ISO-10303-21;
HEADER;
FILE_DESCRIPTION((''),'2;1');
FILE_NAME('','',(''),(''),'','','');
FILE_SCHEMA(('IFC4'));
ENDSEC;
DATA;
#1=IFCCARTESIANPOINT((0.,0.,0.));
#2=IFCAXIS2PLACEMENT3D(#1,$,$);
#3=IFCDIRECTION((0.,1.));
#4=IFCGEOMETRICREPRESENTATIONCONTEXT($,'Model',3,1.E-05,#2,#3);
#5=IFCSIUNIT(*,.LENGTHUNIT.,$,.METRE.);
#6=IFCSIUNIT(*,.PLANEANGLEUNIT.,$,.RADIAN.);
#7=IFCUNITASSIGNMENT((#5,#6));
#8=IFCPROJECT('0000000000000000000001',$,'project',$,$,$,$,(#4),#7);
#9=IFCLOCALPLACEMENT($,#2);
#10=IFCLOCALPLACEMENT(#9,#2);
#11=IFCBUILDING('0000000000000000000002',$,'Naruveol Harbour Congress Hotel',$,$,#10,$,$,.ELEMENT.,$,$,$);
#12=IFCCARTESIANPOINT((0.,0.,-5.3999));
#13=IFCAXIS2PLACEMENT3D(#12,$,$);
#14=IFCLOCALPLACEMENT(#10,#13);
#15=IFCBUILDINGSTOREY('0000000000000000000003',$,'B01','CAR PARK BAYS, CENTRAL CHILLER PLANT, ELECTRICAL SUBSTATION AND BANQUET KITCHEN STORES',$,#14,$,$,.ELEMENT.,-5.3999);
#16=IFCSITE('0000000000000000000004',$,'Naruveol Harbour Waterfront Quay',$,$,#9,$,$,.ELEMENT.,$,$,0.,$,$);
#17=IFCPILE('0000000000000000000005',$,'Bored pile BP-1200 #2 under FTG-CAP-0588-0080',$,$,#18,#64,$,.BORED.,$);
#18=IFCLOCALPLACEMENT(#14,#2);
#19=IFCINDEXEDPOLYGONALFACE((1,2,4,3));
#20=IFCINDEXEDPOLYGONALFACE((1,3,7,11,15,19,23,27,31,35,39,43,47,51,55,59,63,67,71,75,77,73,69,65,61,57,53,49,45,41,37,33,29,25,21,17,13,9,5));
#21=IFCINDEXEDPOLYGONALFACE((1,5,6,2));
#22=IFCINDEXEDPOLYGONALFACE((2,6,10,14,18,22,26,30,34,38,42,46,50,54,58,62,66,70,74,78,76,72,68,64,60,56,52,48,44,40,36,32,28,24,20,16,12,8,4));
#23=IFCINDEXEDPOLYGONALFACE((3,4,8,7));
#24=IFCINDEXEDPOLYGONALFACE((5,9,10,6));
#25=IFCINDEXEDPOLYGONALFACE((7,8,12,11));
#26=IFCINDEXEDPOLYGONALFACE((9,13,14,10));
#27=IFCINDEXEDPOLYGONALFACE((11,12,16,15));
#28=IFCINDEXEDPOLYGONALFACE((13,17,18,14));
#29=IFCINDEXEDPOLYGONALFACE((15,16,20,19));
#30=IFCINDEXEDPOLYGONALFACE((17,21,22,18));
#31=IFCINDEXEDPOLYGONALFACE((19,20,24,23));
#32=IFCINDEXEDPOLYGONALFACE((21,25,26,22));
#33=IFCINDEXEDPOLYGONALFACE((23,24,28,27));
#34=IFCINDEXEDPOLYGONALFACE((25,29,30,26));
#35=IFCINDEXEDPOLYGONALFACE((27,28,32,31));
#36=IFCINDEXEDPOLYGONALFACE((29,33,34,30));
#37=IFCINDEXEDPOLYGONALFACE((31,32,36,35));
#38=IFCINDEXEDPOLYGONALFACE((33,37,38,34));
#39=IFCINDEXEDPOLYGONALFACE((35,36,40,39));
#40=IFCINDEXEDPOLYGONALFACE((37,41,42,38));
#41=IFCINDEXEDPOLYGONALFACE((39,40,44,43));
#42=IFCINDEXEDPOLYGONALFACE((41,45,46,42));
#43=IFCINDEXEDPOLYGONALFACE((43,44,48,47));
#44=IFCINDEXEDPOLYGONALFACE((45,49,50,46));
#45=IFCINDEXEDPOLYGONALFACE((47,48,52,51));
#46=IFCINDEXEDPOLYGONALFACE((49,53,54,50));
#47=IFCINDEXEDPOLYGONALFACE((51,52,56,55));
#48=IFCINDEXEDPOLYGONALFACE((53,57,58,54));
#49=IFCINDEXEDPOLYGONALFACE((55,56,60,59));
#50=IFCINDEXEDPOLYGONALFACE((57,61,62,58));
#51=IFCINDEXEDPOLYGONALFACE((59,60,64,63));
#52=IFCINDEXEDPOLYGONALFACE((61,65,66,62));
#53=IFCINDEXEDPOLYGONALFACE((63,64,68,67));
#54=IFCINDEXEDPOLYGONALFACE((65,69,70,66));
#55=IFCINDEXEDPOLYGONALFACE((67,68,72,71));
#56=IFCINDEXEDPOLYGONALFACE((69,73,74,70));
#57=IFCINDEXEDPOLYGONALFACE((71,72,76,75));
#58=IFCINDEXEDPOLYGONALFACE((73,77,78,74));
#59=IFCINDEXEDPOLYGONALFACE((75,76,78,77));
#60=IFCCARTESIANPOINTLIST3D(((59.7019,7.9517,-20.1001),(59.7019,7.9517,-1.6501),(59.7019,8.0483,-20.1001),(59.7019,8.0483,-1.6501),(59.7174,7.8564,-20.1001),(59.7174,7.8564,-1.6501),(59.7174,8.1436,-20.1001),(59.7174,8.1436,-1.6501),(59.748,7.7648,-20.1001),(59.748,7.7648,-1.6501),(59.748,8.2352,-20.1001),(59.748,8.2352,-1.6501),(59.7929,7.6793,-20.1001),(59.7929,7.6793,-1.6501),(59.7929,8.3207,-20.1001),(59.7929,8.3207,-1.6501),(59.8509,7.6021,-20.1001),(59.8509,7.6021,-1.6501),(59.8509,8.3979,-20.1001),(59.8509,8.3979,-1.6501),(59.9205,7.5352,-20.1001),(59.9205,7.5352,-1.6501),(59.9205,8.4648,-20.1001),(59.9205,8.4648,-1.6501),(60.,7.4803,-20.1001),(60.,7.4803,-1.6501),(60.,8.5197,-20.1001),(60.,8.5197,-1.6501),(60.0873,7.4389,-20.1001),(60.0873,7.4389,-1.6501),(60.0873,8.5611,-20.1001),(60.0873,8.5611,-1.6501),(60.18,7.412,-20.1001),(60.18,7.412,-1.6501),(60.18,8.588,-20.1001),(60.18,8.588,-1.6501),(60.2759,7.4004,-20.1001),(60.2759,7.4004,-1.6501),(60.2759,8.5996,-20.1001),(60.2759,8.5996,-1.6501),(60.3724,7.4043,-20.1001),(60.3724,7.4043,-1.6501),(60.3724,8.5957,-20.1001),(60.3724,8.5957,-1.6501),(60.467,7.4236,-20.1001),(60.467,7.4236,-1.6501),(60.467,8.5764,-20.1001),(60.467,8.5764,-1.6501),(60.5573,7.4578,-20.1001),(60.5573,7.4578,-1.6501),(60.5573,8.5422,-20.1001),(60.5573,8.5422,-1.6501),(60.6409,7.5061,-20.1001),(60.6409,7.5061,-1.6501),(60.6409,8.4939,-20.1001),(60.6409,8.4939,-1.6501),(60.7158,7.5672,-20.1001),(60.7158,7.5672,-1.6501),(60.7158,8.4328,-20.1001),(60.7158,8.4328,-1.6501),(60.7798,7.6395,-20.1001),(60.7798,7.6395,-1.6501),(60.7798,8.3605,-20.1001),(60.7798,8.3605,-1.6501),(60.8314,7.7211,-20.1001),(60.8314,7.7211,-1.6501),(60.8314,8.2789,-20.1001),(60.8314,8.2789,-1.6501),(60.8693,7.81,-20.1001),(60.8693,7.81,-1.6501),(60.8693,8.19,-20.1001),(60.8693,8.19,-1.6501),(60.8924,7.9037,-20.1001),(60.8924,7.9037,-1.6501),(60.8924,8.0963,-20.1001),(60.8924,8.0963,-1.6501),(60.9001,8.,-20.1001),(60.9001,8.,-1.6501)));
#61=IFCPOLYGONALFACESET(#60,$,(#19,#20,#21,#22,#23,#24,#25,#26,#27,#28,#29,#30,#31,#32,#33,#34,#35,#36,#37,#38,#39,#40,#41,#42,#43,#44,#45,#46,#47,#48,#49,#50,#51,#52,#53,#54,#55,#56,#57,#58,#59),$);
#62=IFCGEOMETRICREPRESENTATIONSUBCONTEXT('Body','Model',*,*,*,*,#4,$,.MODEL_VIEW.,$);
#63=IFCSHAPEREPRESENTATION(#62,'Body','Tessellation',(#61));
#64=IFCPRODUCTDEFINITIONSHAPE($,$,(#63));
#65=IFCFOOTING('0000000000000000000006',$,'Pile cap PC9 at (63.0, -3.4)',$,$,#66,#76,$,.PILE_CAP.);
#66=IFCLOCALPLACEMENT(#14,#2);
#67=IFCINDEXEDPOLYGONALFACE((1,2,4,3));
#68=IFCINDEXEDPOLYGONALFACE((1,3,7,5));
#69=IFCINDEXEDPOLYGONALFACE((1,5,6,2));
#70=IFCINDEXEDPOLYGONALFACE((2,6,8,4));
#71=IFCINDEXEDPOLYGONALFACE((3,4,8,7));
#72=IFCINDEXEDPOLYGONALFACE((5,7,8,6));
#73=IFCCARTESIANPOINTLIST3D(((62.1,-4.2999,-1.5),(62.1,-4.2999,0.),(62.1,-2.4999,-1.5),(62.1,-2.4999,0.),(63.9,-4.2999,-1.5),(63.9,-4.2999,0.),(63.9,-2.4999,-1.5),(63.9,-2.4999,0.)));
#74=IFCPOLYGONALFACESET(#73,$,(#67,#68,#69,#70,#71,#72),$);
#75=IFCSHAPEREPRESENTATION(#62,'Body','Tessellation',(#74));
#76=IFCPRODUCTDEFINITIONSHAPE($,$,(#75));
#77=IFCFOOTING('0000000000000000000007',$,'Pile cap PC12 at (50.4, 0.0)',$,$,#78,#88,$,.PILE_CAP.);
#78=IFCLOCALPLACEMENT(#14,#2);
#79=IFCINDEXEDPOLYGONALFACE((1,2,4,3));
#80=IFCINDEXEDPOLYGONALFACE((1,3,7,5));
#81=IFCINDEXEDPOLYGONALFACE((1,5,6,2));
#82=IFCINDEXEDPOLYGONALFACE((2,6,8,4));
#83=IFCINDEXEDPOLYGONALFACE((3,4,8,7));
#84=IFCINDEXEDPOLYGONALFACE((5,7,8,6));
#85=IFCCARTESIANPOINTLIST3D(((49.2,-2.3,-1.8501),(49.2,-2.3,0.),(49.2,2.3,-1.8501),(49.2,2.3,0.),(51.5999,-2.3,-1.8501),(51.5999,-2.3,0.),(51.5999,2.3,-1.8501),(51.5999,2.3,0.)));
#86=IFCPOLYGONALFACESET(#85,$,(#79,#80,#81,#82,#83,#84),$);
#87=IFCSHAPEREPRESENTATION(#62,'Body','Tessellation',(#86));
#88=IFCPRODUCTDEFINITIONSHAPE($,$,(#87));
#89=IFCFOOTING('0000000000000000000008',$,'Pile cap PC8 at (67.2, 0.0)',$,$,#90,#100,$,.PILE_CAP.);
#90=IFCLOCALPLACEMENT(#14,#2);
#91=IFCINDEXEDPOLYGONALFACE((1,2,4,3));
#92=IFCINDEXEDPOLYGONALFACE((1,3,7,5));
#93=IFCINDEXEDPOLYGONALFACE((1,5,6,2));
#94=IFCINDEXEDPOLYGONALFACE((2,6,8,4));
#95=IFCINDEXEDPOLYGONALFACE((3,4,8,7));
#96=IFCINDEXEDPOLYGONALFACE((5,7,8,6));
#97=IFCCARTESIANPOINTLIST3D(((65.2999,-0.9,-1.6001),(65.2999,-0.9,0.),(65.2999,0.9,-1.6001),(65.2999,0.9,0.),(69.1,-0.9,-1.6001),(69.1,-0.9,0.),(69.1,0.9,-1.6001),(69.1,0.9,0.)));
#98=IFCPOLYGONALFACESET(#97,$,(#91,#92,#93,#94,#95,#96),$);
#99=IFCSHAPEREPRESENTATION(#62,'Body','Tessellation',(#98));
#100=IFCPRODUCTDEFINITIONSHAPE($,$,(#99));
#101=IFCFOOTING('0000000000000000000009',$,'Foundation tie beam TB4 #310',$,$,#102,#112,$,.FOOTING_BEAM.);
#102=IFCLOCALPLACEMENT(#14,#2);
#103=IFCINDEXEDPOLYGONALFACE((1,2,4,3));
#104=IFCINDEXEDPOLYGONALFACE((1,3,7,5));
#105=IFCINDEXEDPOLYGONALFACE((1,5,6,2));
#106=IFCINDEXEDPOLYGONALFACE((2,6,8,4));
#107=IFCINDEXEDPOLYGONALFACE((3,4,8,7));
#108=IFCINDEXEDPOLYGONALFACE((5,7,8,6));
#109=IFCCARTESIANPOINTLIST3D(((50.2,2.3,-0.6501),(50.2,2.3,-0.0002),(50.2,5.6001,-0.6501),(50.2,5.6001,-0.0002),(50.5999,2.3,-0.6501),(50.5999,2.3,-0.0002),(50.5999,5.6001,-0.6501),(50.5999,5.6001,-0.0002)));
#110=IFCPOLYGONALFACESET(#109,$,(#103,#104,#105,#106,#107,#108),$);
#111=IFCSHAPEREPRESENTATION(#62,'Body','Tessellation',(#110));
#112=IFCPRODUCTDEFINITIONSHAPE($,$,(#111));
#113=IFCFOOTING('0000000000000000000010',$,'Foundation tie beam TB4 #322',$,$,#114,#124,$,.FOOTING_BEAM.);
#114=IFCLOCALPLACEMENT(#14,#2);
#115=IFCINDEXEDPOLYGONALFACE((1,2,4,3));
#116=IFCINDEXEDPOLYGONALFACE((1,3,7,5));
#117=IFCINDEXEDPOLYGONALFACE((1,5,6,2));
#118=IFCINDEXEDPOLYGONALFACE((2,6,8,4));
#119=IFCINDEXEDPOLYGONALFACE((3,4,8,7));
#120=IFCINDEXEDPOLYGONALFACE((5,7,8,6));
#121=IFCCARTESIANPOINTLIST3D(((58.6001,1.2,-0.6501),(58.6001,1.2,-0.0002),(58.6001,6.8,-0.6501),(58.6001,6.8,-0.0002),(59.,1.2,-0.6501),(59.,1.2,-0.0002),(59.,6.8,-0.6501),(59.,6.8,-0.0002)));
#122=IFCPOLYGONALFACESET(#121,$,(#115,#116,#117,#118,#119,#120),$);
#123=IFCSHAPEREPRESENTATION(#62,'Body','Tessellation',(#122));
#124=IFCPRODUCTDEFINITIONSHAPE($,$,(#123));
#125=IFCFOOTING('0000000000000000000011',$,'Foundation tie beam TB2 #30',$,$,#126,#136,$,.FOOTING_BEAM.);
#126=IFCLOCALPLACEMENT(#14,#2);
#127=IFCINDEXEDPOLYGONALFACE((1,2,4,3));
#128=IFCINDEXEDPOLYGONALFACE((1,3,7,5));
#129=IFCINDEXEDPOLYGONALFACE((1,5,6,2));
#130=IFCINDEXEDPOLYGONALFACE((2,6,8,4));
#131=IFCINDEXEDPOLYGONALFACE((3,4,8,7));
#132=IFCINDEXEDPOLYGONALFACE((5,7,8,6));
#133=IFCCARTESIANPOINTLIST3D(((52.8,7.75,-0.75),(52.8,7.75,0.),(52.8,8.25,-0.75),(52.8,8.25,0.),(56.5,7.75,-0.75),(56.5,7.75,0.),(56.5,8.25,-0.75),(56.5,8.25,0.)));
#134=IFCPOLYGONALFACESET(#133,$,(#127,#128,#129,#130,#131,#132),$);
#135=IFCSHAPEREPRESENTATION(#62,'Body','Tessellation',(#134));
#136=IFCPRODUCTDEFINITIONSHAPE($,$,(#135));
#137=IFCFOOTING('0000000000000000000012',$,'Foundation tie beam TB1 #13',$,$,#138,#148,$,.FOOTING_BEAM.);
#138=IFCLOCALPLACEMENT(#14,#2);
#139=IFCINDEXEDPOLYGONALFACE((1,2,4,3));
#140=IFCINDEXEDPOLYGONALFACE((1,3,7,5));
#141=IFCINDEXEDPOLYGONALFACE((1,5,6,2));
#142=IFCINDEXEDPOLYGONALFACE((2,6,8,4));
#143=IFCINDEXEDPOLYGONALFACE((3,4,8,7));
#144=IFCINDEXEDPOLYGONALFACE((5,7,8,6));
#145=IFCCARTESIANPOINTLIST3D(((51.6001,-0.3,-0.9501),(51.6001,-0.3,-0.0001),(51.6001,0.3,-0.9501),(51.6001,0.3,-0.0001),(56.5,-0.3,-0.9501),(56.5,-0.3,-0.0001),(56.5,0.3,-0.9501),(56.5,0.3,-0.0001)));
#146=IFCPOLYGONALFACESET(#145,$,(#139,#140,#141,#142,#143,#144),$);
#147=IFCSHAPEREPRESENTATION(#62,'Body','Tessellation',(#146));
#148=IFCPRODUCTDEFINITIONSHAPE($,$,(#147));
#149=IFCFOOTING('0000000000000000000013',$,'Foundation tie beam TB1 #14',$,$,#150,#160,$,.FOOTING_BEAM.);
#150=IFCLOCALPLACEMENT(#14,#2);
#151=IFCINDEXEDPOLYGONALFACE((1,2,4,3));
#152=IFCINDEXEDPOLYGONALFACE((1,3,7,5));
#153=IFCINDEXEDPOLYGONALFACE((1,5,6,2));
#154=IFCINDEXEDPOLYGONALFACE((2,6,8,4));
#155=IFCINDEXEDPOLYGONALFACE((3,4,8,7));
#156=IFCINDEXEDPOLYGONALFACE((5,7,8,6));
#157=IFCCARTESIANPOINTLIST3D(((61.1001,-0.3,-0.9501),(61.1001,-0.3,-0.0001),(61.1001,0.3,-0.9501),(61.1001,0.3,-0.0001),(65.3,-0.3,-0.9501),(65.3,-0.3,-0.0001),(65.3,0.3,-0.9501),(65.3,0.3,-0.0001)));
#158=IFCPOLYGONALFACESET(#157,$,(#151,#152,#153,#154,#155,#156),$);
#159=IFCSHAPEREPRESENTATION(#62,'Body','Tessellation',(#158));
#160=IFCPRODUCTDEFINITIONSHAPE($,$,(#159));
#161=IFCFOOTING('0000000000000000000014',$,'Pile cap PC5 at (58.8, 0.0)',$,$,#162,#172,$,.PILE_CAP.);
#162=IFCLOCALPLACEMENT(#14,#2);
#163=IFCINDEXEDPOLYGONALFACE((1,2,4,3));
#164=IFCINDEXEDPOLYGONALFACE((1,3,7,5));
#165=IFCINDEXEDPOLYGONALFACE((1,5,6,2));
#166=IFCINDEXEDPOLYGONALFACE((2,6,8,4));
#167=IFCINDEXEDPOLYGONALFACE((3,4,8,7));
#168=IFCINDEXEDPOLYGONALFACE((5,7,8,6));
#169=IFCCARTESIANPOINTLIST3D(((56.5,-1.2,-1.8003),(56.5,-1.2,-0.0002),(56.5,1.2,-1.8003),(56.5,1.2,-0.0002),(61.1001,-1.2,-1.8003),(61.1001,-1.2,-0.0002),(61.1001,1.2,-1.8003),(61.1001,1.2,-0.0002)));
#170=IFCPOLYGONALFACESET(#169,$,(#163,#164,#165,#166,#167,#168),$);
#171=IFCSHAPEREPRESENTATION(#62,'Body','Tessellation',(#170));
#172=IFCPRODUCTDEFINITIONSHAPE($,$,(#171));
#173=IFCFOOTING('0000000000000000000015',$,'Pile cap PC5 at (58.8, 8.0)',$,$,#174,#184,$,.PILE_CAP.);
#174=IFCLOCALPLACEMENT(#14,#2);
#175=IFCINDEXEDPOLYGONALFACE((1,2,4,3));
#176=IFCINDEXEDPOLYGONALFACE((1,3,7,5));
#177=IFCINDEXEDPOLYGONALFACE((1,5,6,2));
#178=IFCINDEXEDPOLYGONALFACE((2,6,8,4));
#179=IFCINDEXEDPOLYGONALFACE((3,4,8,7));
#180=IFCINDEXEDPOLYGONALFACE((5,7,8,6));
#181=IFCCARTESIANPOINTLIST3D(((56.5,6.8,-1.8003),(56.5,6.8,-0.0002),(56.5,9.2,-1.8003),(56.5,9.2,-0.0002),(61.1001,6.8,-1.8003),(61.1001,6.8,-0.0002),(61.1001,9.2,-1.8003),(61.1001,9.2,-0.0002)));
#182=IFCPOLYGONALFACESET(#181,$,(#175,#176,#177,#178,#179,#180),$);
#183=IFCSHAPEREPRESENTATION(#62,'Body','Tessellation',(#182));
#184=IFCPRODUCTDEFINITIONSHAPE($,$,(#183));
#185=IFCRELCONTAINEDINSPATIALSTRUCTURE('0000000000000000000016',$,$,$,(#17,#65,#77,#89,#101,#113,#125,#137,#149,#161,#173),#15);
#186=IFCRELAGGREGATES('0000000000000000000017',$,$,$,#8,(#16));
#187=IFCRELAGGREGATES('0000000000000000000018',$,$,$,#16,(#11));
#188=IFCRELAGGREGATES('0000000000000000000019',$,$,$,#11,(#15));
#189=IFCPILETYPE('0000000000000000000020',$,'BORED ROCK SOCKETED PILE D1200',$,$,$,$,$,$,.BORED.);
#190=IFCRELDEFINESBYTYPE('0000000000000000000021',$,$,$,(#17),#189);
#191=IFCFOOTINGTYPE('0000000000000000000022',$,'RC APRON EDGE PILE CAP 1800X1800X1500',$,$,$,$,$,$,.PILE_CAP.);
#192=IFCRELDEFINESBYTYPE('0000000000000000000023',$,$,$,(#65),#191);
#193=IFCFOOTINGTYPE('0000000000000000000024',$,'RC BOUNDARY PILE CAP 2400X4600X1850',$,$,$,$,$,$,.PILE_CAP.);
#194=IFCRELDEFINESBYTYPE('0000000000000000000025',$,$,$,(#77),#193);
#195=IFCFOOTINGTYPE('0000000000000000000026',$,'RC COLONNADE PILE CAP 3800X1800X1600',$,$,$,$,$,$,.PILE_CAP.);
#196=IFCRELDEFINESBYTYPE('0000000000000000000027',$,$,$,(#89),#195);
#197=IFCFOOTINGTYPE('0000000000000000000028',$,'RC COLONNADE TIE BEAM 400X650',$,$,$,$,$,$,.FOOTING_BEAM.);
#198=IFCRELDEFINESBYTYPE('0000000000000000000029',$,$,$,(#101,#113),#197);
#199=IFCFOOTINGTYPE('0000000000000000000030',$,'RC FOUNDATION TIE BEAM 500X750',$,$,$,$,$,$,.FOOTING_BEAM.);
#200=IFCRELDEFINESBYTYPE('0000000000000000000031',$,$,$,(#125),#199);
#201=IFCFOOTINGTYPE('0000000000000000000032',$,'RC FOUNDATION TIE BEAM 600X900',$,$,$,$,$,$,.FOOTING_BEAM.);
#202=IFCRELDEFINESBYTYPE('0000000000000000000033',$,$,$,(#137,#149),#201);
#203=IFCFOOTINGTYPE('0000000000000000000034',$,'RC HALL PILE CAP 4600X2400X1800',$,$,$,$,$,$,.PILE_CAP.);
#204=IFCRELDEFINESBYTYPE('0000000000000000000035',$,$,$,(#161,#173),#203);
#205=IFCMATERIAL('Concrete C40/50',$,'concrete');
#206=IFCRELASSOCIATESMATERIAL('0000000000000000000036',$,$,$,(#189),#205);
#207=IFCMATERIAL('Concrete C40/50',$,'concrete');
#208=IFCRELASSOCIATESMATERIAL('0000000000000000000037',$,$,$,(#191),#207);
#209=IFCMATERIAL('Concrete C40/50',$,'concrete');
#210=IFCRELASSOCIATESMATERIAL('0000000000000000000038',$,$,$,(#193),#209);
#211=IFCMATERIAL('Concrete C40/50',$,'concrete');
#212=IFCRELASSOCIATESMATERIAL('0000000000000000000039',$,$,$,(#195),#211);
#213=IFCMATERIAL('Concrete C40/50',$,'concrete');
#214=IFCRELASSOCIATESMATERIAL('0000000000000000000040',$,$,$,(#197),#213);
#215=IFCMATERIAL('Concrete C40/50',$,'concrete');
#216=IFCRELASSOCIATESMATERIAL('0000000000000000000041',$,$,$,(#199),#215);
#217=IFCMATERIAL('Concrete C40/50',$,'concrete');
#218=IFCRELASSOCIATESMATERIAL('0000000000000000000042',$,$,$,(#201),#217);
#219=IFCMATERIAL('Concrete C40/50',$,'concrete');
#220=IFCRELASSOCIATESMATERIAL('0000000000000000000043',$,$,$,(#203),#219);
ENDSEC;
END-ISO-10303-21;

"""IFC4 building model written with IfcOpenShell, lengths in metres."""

from ifc_helpers import new_model, si_unit, direction, frame, origin, origin_2d, place, context, subcontext, project, spatial, rectangle, circle, extrude, material, material_profile, profile_set, type_object, element, save


model = new_model("IFC4")

# Units and contexts
model_context = context("Model", 3, precision=1e-05, world=origin(), true_north=direction((0.0, 1.0)))
body_context = subcontext(model_context, "Body", "Model", "MODEL_VIEW")
ifc_project = project(units=[si_unit("LENGTHUNIT", "METRE"), si_unit("PLANEANGLEUNIT", "RADIAN")], contexts=[model_context])

# Site, building, storey
site_placement = place(None, origin())
site = spatial("IfcSite", under=ifc_project, at=site_placement, Name="Naruveol Harbour Waterfront Quay", CompositionType="ELEMENT", RefElevation=0.0)
building_placement = place(site_placement, origin())
building = spatial("IfcBuilding", under=site, at=building_placement, Name="Naruveol Harbour Congress Hotel", CompositionType="ELEMENT")
storey_placement = place(building_placement, frame((0.0, 0.0, -5.3999)))
storey = spatial("IfcBuildingStorey", under=building, at=storey_placement, Name="B01", Description="CAR PARK BAYS, CENTRAL CHILLER PLANT, ELECTRICAL SUBSTATION AND BANQUET KITCHEN STORES", CompositionType="ELEMENT", Elevation=-5.3999)

# Pile
ifc_material_1 = material(Name="Concrete C40/50", Category="concrete")
ifc_material_profile_1 = material_profile(ifc_material_1, circle(Radius=0.6001, at=origin_2d()), Name="BP-1200")
ifc_profile_set_1 = profile_set([ifc_material_profile_1], Name="Concrete C40/50")
pile_type_1 = type_object("IfcPileType", Name="BORED ROCK SOCKETED PILE D1200", PredefinedType="BORED", material=ifc_profile_set_1)
for number, where, z_axis, x_axis, name in (
    (1, (60.3, 8.0, -1.6501), (0.0, 0.0, -1.0), (1.0, 0.0, 0.0), "Bored pile BP-1200 #2 under FTG-CAP-0588-0080"),
):
    element("IfcPile", number, at=place(storey_placement, frame(where, z_axis=z_axis, x_axis=x_axis)), inside=storey, type_object=pile_type_1, Name=name, PredefinedType="BORED", context=body_context, shape_type="SweptSolid", body=[
        extrude(circle(Radius=0.6001, at=origin_2d()), origin(), (0.0, 0.0, 1.0), 18.45),
    ])

# Footings
ifc_material_2 = material(Name="Concrete C40/50", Category="concrete")
footing_type_1 = type_object("IfcFootingType", Name="RC APRON EDGE PILE CAP 1800X1800X1500", PredefinedType="PILE_CAP", material=ifc_material_2)
footing_1_placement = place(storey_placement, frame((63.0, -3.3999, -1.5), z_axis=(0.0, 0.0, 1.0), x_axis=(1.0, 0.0, 0.0)))
element("IfcFooting", 2, at=footing_1_placement, inside=storey, type_object=footing_type_1, Name="Pile cap PC9 at (63.0, -3.4)", PredefinedType="PILE_CAP", context=body_context, shape_type="SweptSolid", body=[
    extrude(rectangle(XDim=1.8, YDim=1.8, at=origin_2d()), origin(), (0.0, 0.0, 1.0), 1.5),
])
ifc_material_3 = material(Name="Concrete C40/50", Category="concrete")
footing_type_2 = type_object("IfcFootingType", Name="RC BOUNDARY PILE CAP 2400X4600X1850", PredefinedType="PILE_CAP", material=ifc_material_3)
footing_2_placement = place(storey_placement, frame((50.3999, 0.0, -1.8501), z_axis=(0.0, 0.0, 1.0), x_axis=(1.0, 0.0, 0.0)))
element("IfcFooting", 3, at=footing_2_placement, inside=storey, type_object=footing_type_2, Name="Pile cap PC12 at (50.4, 0.0)", PredefinedType="PILE_CAP", context=body_context, shape_type="SweptSolid", body=[
    extrude(rectangle(XDim=2.3999, YDim=4.6001, at=origin_2d()), origin(), (0.0, 0.0, 1.0), 1.8501),
])
ifc_material_4 = material(Name="Concrete C40/50", Category="concrete")
footing_type_3 = type_object("IfcFootingType", Name="RC COLONNADE PILE CAP 3800X1800X1600", PredefinedType="PILE_CAP", material=ifc_material_4)
footing_3_placement = place(storey_placement, frame((67.2, 0.0, -1.6001), z_axis=(0.0, 0.0, 1.0), x_axis=(1.0, 0.0, 0.0)))
element("IfcFooting", 4, at=footing_3_placement, inside=storey, type_object=footing_type_3, Name="Pile cap PC8 at (67.2, 0.0)", PredefinedType="PILE_CAP", context=body_context, shape_type="SweptSolid", body=[
    extrude(rectangle(XDim=3.8, YDim=1.8, at=origin_2d()), origin(), (0.0, 0.0, 1.0), 1.6001),
])
ifc_material_5 = material(Name="Concrete C40/50", Category="concrete")
ifc_material_profile_2 = material_profile(ifc_material_5, rectangle(XDim=0.3999, YDim=0.6499, at=origin_2d()), Name="RCB-400x650")
ifc_profile_set_2 = profile_set([ifc_material_profile_2], Name="Concrete C40/50")
footing_type_4 = type_object("IfcFootingType", Name="RC COLONNADE TIE BEAM 400X650", PredefinedType="FOOTING_BEAM", material=ifc_profile_set_2)
footing_4_placement = place(storey_placement, frame((50.3999, 2.3, -0.3252), z_axis=(0.0, 1.0, 0.0), x_axis=(-1.0, 0.0, 0.0)))
element("IfcFooting", 5, at=footing_4_placement, inside=storey, type_object=footing_type_4, Name="Foundation tie beam TB4 #310", PredefinedType="FOOTING_BEAM", context=body_context, shape_type="SweptSolid", body=[
    extrude(rectangle(XDim=0.3999, YDim=0.6499, at=origin_2d()), origin(), (0.0, 0.0, 1.0), 3.3),
])
footing_5_placement = place(storey_placement, frame((58.8, 1.2, -0.3252), z_axis=(0.0, 1.0, 0.0), x_axis=(-1.0, 0.0, 0.0)))
element("IfcFooting", 6, at=footing_5_placement, inside=storey, type_object=footing_type_4, Name="Foundation tie beam TB4 #322", PredefinedType="FOOTING_BEAM", context=body_context, shape_type="SweptSolid", body=[
    extrude(rectangle(XDim=0.3999, YDim=0.6499, at=origin_2d()), origin(), (0.0, 0.0, 1.0), 5.6001),
])
ifc_material_6 = material(Name="Concrete C40/50", Category="concrete")
ifc_material_profile_3 = material_profile(ifc_material_6, rectangle(XDim=0.5, YDim=0.75, at=origin_2d()), Name="RCB-500x750")
ifc_profile_set_3 = profile_set([ifc_material_profile_3], Name="Concrete C40/50")
footing_type_5 = type_object("IfcFootingType", Name="RC FOUNDATION TIE BEAM 500X750", PredefinedType="FOOTING_BEAM", material=ifc_profile_set_3)
footing_6_placement = place(storey_placement, frame((52.8, 8.0, -0.375), z_axis=(1.0, 0.0, 0.0), x_axis=(0.0, 1.0, 0.0)))
element("IfcFooting", 7, at=footing_6_placement, inside=storey, type_object=footing_type_5, Name="Foundation tie beam TB2 #30", PredefinedType="FOOTING_BEAM", context=body_context, shape_type="SweptSolid", body=[
    extrude(rectangle(XDim=0.5, YDim=0.75, at=origin_2d()), origin(), (0.0, 0.0, 1.0), 3.7),
])
ifc_material_7 = material(Name="Concrete C40/50", Category="concrete")
ifc_material_profile_4 = material_profile(ifc_material_7, rectangle(XDim=0.6001, YDim=0.95, at=origin_2d()), Name="RCB-600x950")
ifc_profile_set_4 = profile_set([ifc_material_profile_4], Name="Concrete C40/50")
footing_type_6 = type_object("IfcFootingType", Name="RC FOUNDATION TIE BEAM 600X900", PredefinedType="FOOTING_BEAM", material=ifc_profile_set_4)
footing_7_placement = place(storey_placement, frame((51.6001, 0.0, -0.4751), z_axis=(1.0, 0.0, 0.0), x_axis=(0.0, 1.0, 0.0)))
element("IfcFooting", 8, at=footing_7_placement, inside=storey, type_object=footing_type_6, Name="Foundation tie beam TB1 #13", PredefinedType="FOOTING_BEAM", context=body_context, shape_type="SweptSolid", body=[
    extrude(rectangle(XDim=0.6001, YDim=0.95, at=origin_2d()), origin(), (0.0, 0.0, 1.0), 4.8999),
])
footing_8_placement = place(storey_placement, frame((61.1001, 0.0, -0.4751), z_axis=(1.0, 0.0, 0.0), x_axis=(0.0, 1.0, 0.0)))
element("IfcFooting", 9, at=footing_8_placement, inside=storey, type_object=footing_type_6, Name="Foundation tie beam TB1 #14", PredefinedType="FOOTING_BEAM", context=body_context, shape_type="SweptSolid", body=[
    extrude(rectangle(XDim=0.6001, YDim=0.95, at=origin_2d()), origin(), (0.0, 0.0, 1.0), 4.2),
])
ifc_material_8 = material(Name="Concrete C40/50", Category="concrete")
footing_type_7 = type_object("IfcFootingType", Name="RC HALL PILE CAP 4600X2400X1800", PredefinedType="PILE_CAP", material=ifc_material_8)
for number, where, z_axis, x_axis, name in (
    (10, (58.8, 0.0, -1.8003), (0.0, 0.0, 1.0), (1.0, 0.0, 0.0), "Pile cap PC5 at (58.8, 0.0)"),
    (11, (58.8, 8.0, -1.8003), (0.0, 0.0, 1.0), (1.0, 0.0, 0.0), "Pile cap PC5 at (58.8, 8.0)"),
):
    element("IfcFooting", number, at=place(storey_placement, frame(where, z_axis=z_axis, x_axis=x_axis)), inside=storey, type_object=footing_type_7, Name=name, PredefinedType="PILE_CAP", context=body_context, shape_type="SweptSolid", body=[
        extrude(rectangle(XDim=4.6001, YDim=2.3999, at=origin_2d()), origin(), (0.0, 0.0, 1.0), 1.8),
    ])

save(model, "model.ifc")
